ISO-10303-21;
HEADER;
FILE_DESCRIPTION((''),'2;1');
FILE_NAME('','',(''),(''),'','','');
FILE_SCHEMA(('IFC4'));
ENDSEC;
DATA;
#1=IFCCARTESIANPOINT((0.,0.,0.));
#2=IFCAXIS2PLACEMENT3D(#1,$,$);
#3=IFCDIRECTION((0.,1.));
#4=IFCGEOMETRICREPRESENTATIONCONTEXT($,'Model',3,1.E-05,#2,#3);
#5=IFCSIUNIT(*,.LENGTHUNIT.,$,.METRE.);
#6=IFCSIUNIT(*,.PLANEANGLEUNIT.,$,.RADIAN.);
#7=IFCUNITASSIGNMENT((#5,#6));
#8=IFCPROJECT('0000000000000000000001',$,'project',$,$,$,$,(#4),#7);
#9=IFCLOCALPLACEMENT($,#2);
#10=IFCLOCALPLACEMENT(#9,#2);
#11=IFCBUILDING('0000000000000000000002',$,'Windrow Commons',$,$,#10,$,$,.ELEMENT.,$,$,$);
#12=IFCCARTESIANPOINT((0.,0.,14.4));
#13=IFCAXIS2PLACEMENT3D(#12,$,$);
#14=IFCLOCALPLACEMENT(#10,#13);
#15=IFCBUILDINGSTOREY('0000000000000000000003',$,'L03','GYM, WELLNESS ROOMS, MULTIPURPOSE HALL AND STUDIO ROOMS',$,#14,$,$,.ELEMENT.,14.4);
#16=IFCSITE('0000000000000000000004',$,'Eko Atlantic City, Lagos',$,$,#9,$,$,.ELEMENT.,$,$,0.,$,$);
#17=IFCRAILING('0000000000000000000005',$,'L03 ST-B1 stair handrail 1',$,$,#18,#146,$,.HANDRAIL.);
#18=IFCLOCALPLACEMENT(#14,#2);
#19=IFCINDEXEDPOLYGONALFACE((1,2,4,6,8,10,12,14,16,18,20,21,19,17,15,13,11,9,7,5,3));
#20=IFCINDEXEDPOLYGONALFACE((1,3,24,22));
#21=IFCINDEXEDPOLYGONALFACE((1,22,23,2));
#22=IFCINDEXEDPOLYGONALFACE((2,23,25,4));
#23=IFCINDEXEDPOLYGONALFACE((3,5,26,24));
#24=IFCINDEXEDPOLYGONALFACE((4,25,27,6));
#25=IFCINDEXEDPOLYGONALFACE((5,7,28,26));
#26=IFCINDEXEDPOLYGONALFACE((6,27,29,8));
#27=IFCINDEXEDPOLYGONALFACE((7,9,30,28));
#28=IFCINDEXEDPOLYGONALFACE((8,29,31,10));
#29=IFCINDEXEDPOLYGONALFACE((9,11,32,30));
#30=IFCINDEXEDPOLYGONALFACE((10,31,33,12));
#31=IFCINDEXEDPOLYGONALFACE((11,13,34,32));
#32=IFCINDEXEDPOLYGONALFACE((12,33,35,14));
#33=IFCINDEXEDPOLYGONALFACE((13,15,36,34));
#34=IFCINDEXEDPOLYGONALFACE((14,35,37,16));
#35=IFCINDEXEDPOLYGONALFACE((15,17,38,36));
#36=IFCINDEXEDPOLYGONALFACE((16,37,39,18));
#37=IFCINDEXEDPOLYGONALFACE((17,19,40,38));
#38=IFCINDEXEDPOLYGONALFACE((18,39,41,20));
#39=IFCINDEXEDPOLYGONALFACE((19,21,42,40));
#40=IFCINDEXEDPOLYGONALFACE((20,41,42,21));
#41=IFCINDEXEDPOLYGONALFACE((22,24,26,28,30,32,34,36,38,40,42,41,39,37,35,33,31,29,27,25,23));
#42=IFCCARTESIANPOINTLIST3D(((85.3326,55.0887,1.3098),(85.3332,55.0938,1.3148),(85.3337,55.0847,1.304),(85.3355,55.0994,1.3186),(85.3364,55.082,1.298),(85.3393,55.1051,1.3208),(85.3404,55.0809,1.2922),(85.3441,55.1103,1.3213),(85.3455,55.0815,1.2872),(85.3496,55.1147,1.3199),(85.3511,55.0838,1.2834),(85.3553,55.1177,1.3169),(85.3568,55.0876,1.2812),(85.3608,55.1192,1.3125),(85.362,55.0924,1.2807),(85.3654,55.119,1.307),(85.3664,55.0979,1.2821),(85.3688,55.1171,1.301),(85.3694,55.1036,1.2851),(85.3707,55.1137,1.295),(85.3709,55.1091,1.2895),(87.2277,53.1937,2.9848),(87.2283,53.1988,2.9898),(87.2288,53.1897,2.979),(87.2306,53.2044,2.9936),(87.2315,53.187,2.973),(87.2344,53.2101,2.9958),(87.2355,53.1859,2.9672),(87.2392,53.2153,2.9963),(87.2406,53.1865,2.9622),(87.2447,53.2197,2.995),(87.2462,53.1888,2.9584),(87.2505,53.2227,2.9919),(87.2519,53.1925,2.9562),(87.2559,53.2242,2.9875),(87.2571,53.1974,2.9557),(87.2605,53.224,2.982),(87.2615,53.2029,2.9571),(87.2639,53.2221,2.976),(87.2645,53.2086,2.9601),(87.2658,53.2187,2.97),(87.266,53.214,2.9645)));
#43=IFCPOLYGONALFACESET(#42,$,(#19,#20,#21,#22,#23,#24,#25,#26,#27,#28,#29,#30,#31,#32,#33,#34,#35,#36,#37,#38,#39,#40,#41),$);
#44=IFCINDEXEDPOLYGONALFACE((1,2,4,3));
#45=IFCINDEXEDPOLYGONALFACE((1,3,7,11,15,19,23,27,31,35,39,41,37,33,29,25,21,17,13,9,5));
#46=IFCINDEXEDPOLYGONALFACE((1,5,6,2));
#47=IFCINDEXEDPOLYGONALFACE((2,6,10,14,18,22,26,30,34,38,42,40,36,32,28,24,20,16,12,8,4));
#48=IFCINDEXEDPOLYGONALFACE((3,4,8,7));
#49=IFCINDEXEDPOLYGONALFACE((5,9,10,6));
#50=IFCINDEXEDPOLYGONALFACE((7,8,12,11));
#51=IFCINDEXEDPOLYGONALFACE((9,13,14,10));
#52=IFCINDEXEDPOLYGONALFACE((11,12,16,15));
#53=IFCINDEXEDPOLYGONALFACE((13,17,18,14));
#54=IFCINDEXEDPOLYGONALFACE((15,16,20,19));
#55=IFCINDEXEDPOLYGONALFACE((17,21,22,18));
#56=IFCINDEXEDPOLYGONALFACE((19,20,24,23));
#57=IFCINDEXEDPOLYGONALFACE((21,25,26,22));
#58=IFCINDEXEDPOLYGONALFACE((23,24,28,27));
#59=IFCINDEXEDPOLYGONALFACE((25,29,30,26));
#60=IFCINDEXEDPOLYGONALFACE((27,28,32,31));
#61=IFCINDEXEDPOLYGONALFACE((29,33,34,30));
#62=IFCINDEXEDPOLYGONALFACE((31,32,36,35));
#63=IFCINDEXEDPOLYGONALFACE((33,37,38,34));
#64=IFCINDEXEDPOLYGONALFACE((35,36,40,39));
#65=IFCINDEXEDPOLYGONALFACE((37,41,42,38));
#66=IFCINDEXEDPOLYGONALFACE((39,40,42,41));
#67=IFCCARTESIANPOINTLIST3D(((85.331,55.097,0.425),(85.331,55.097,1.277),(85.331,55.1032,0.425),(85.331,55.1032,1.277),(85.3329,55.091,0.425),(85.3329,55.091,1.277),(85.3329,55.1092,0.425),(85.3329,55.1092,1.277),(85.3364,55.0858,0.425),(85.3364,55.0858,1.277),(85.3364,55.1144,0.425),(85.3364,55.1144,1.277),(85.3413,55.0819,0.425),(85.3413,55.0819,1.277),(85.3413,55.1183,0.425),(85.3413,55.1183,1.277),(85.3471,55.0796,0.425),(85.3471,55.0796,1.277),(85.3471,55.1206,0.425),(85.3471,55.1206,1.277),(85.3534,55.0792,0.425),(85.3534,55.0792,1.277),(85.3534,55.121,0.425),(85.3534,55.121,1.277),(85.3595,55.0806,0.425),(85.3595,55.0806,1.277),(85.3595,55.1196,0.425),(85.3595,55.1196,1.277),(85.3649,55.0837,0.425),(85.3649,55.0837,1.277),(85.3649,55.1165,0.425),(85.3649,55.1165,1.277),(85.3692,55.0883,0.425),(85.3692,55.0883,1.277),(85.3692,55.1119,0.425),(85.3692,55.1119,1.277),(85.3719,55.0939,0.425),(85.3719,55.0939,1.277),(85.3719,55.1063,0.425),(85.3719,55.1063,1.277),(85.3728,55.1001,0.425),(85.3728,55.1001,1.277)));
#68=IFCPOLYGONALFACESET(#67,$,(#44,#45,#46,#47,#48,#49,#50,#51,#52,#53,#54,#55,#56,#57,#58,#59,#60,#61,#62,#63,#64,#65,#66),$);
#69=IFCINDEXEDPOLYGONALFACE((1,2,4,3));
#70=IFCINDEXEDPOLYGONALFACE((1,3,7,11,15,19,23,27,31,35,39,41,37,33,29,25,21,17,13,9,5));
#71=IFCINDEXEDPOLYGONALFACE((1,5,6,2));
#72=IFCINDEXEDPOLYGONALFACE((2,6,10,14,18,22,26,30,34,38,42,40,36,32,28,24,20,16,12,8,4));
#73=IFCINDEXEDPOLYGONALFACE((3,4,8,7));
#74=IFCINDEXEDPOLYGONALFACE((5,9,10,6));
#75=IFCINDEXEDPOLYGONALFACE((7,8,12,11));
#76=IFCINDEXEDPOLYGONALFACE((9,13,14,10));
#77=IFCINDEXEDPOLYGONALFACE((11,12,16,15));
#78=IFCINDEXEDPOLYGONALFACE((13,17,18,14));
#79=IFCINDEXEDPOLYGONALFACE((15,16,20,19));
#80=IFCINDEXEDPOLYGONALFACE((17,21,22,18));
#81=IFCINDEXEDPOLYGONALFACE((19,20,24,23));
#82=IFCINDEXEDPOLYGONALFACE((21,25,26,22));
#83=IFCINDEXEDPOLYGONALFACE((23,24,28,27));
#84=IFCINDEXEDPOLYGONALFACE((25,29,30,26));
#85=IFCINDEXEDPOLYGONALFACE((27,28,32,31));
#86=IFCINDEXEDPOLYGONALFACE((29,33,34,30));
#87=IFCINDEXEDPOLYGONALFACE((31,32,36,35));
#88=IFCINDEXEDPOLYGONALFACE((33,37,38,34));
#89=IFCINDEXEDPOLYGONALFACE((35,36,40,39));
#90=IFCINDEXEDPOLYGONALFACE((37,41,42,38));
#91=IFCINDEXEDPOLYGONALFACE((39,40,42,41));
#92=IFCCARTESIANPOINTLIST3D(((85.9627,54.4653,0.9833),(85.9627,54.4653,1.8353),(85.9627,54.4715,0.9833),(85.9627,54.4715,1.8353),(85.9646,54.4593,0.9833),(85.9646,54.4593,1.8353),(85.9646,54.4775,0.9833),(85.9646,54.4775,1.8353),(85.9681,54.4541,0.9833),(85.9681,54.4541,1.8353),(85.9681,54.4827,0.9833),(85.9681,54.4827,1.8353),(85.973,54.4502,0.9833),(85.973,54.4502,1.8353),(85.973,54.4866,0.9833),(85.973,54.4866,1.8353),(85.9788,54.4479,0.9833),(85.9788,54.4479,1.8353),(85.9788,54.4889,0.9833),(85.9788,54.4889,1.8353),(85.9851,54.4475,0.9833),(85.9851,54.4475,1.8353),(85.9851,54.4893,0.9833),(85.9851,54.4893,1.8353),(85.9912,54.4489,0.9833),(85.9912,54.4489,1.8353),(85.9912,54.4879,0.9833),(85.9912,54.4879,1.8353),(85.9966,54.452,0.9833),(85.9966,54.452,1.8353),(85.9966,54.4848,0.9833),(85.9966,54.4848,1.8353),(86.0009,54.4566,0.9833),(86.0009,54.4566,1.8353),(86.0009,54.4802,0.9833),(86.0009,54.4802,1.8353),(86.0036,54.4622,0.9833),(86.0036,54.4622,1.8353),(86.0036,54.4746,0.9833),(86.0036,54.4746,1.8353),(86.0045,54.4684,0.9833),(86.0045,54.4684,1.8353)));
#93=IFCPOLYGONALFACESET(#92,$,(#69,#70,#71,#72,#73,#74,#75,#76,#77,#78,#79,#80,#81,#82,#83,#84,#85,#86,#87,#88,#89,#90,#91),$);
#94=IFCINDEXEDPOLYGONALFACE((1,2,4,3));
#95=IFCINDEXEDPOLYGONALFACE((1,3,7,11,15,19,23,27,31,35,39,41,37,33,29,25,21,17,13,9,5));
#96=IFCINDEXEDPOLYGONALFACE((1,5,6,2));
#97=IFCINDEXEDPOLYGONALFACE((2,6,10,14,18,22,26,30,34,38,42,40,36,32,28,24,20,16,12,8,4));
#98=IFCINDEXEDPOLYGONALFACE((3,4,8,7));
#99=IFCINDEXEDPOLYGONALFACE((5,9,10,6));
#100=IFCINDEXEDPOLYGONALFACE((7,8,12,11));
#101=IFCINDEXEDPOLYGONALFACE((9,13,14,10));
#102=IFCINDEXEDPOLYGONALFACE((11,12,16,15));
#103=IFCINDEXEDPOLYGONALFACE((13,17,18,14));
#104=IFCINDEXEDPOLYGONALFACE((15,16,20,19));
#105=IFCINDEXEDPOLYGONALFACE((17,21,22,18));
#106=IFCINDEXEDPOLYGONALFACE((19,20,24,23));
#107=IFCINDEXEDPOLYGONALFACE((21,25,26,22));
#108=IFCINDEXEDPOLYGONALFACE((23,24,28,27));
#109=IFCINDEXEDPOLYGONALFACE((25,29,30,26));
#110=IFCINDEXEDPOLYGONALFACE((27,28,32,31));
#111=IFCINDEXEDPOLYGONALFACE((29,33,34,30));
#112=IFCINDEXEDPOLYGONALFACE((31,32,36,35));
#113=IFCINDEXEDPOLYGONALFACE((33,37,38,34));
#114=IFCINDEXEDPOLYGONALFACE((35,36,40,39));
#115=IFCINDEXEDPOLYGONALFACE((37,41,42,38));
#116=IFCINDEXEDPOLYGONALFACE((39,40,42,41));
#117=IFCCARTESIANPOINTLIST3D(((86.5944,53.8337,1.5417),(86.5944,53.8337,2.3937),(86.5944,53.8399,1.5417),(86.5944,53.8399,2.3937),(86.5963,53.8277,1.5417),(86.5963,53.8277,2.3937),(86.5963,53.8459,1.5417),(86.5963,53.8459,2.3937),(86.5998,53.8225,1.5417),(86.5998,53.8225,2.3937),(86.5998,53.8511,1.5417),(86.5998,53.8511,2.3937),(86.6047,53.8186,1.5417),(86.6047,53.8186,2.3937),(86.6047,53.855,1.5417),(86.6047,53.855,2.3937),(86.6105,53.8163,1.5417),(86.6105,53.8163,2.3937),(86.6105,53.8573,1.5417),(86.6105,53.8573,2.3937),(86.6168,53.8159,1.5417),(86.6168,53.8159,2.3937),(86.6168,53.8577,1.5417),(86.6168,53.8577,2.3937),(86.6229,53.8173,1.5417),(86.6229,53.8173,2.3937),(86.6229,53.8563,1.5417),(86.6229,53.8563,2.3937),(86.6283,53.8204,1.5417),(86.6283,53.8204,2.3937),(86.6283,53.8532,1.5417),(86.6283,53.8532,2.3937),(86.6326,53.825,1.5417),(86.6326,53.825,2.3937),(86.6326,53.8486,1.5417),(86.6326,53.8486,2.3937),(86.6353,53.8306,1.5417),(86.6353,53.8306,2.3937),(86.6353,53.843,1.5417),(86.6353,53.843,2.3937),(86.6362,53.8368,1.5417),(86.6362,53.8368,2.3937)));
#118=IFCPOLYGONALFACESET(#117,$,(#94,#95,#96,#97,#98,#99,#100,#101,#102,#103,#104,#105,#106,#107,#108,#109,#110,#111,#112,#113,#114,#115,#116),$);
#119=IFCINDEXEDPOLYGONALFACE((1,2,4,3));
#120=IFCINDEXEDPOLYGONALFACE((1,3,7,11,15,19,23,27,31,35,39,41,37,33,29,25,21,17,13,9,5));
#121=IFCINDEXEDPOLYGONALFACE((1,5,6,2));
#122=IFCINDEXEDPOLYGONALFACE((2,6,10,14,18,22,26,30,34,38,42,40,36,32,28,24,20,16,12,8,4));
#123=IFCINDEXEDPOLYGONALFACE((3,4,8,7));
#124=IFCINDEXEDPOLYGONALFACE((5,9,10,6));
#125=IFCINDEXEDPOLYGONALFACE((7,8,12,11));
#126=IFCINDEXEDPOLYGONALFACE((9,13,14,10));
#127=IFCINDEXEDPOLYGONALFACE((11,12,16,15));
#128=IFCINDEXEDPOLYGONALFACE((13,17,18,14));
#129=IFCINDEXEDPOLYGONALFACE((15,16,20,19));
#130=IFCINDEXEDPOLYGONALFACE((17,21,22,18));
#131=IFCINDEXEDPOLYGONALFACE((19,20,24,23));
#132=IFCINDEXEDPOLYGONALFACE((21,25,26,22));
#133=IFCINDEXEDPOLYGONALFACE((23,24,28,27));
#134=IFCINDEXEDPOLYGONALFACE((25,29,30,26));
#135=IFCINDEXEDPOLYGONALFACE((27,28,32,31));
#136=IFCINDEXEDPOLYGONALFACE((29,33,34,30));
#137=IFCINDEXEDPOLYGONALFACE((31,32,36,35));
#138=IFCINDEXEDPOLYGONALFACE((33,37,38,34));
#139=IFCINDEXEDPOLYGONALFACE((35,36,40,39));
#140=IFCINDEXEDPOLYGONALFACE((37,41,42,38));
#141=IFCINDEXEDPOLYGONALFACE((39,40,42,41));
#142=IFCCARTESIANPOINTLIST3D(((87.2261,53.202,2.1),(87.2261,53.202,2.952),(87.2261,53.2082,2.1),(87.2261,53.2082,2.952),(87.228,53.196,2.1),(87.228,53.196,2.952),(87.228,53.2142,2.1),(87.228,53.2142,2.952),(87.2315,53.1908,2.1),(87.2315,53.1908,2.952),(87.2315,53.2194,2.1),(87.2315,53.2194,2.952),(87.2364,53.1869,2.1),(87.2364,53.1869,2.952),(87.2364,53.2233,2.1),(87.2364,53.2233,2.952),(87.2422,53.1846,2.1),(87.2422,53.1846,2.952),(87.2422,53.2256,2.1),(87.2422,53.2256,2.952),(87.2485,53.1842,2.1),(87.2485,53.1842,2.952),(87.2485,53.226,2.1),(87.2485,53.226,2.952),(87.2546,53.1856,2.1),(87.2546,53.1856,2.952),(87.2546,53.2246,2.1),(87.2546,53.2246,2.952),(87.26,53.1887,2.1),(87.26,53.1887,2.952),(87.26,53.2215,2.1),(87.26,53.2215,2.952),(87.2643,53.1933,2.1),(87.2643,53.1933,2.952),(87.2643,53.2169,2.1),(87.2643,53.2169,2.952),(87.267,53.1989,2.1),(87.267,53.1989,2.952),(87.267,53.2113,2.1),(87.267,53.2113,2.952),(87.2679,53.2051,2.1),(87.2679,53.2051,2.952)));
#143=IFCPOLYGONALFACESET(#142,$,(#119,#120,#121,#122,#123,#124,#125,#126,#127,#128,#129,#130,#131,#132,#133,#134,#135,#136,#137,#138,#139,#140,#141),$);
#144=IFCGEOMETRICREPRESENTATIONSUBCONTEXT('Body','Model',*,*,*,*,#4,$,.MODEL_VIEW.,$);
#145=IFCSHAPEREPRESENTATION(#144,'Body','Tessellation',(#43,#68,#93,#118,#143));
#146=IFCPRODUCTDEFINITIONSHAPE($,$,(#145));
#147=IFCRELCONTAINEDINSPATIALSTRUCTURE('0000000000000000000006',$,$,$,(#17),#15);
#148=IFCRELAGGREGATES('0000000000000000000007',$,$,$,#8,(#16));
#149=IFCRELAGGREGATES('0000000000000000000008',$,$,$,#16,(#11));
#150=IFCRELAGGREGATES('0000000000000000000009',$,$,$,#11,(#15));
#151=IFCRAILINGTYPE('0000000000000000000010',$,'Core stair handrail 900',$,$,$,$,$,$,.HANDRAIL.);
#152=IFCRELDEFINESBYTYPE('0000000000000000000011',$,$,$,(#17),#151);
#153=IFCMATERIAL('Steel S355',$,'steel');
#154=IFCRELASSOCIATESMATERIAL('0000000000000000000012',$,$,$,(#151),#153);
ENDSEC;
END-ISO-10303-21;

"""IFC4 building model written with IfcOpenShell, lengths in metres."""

from ifc_helpers import new_model, si_unit, direction, frame, origin, origin_2d, place, context, subcontext, project, spatial, circle, extrude, material, type_object, element, save


model = new_model("IFC4")

# Units and contexts
model_context = context("Model", 3, precision=1e-05, world=origin(), true_north=direction((0.0, 1.0)))
body_context = subcontext(model_context, "Body", "Model", "MODEL_VIEW")
ifc_project = project(units=[si_unit("LENGTHUNIT", "METRE"), si_unit("PLANEANGLEUNIT", "RADIAN")], contexts=[model_context])

# Site, building, storey
site_placement = place(None, origin())
site = spatial("IfcSite", under=ifc_project, at=site_placement, Name="Eko Atlantic City, Lagos", CompositionType="ELEMENT", RefElevation=0.0)
building_placement = place(site_placement, origin())
building = spatial("IfcBuilding", under=site, at=building_placement, Name="Windrow Commons", CompositionType="ELEMENT")
storey_placement = place(building_placement, frame((0.0, 0.0, 14.4)))
storey = spatial("IfcBuildingStorey", under=building, at=storey_placement, Name="L03", Description="GYM, WELLNESS ROOMS, MULTIPURPOSE HALL AND STUDIO ROOMS", CompositionType="ELEMENT", Elevation=14.4)

# Railing
ifc_material_1 = material(Name="Steel S355", Category="steel")
railing_type_1 = type_object("IfcRailingType", Name="Core stair handrail 900", PredefinedType="HANDRAIL", material=ifc_material_1)
railing_1_placement = place(storey_placement, frame((85.3518, 55.1001, 0.425)))
element("IfcRailing", 1, at=railing_1_placement, inside=storey, type_object=railing_type_1, Name="L03 ST-B1 stair handrail 1", PredefinedType="HANDRAIL", context=body_context, shape_type="SweptSolid", body=[
    extrude(circle(Radius=0.024, at=origin_2d()), frame((0.0, 0.0, 0.876), z_axis=(0.599642, -0.59961, 0.529998), x_axis=(0.707088, 0.707125, 0.0)), (0.0, 0.0, 1.0), 3.1604),
    extrude(circle(Radius=0.021, at=origin_2d()), origin(), (0.0, 0.0, 1.0), 0.852),
    extrude(circle(Radius=0.021, at=origin_2d()), frame((0.6317, -0.6317, 0.5583)), (0.0, 0.0, 1.0), 0.852),
    extrude(circle(Radius=0.021, at=origin_2d()), frame((1.2634, -1.2633, 1.1167)), (0.0, 0.0, 1.0), 0.852),
    extrude(circle(Radius=0.021, at=origin_2d()), frame((1.8951, -1.895, 1.675)), (0.0, 0.0, 1.0), 0.852),
])

save(model, "model.ifc")
